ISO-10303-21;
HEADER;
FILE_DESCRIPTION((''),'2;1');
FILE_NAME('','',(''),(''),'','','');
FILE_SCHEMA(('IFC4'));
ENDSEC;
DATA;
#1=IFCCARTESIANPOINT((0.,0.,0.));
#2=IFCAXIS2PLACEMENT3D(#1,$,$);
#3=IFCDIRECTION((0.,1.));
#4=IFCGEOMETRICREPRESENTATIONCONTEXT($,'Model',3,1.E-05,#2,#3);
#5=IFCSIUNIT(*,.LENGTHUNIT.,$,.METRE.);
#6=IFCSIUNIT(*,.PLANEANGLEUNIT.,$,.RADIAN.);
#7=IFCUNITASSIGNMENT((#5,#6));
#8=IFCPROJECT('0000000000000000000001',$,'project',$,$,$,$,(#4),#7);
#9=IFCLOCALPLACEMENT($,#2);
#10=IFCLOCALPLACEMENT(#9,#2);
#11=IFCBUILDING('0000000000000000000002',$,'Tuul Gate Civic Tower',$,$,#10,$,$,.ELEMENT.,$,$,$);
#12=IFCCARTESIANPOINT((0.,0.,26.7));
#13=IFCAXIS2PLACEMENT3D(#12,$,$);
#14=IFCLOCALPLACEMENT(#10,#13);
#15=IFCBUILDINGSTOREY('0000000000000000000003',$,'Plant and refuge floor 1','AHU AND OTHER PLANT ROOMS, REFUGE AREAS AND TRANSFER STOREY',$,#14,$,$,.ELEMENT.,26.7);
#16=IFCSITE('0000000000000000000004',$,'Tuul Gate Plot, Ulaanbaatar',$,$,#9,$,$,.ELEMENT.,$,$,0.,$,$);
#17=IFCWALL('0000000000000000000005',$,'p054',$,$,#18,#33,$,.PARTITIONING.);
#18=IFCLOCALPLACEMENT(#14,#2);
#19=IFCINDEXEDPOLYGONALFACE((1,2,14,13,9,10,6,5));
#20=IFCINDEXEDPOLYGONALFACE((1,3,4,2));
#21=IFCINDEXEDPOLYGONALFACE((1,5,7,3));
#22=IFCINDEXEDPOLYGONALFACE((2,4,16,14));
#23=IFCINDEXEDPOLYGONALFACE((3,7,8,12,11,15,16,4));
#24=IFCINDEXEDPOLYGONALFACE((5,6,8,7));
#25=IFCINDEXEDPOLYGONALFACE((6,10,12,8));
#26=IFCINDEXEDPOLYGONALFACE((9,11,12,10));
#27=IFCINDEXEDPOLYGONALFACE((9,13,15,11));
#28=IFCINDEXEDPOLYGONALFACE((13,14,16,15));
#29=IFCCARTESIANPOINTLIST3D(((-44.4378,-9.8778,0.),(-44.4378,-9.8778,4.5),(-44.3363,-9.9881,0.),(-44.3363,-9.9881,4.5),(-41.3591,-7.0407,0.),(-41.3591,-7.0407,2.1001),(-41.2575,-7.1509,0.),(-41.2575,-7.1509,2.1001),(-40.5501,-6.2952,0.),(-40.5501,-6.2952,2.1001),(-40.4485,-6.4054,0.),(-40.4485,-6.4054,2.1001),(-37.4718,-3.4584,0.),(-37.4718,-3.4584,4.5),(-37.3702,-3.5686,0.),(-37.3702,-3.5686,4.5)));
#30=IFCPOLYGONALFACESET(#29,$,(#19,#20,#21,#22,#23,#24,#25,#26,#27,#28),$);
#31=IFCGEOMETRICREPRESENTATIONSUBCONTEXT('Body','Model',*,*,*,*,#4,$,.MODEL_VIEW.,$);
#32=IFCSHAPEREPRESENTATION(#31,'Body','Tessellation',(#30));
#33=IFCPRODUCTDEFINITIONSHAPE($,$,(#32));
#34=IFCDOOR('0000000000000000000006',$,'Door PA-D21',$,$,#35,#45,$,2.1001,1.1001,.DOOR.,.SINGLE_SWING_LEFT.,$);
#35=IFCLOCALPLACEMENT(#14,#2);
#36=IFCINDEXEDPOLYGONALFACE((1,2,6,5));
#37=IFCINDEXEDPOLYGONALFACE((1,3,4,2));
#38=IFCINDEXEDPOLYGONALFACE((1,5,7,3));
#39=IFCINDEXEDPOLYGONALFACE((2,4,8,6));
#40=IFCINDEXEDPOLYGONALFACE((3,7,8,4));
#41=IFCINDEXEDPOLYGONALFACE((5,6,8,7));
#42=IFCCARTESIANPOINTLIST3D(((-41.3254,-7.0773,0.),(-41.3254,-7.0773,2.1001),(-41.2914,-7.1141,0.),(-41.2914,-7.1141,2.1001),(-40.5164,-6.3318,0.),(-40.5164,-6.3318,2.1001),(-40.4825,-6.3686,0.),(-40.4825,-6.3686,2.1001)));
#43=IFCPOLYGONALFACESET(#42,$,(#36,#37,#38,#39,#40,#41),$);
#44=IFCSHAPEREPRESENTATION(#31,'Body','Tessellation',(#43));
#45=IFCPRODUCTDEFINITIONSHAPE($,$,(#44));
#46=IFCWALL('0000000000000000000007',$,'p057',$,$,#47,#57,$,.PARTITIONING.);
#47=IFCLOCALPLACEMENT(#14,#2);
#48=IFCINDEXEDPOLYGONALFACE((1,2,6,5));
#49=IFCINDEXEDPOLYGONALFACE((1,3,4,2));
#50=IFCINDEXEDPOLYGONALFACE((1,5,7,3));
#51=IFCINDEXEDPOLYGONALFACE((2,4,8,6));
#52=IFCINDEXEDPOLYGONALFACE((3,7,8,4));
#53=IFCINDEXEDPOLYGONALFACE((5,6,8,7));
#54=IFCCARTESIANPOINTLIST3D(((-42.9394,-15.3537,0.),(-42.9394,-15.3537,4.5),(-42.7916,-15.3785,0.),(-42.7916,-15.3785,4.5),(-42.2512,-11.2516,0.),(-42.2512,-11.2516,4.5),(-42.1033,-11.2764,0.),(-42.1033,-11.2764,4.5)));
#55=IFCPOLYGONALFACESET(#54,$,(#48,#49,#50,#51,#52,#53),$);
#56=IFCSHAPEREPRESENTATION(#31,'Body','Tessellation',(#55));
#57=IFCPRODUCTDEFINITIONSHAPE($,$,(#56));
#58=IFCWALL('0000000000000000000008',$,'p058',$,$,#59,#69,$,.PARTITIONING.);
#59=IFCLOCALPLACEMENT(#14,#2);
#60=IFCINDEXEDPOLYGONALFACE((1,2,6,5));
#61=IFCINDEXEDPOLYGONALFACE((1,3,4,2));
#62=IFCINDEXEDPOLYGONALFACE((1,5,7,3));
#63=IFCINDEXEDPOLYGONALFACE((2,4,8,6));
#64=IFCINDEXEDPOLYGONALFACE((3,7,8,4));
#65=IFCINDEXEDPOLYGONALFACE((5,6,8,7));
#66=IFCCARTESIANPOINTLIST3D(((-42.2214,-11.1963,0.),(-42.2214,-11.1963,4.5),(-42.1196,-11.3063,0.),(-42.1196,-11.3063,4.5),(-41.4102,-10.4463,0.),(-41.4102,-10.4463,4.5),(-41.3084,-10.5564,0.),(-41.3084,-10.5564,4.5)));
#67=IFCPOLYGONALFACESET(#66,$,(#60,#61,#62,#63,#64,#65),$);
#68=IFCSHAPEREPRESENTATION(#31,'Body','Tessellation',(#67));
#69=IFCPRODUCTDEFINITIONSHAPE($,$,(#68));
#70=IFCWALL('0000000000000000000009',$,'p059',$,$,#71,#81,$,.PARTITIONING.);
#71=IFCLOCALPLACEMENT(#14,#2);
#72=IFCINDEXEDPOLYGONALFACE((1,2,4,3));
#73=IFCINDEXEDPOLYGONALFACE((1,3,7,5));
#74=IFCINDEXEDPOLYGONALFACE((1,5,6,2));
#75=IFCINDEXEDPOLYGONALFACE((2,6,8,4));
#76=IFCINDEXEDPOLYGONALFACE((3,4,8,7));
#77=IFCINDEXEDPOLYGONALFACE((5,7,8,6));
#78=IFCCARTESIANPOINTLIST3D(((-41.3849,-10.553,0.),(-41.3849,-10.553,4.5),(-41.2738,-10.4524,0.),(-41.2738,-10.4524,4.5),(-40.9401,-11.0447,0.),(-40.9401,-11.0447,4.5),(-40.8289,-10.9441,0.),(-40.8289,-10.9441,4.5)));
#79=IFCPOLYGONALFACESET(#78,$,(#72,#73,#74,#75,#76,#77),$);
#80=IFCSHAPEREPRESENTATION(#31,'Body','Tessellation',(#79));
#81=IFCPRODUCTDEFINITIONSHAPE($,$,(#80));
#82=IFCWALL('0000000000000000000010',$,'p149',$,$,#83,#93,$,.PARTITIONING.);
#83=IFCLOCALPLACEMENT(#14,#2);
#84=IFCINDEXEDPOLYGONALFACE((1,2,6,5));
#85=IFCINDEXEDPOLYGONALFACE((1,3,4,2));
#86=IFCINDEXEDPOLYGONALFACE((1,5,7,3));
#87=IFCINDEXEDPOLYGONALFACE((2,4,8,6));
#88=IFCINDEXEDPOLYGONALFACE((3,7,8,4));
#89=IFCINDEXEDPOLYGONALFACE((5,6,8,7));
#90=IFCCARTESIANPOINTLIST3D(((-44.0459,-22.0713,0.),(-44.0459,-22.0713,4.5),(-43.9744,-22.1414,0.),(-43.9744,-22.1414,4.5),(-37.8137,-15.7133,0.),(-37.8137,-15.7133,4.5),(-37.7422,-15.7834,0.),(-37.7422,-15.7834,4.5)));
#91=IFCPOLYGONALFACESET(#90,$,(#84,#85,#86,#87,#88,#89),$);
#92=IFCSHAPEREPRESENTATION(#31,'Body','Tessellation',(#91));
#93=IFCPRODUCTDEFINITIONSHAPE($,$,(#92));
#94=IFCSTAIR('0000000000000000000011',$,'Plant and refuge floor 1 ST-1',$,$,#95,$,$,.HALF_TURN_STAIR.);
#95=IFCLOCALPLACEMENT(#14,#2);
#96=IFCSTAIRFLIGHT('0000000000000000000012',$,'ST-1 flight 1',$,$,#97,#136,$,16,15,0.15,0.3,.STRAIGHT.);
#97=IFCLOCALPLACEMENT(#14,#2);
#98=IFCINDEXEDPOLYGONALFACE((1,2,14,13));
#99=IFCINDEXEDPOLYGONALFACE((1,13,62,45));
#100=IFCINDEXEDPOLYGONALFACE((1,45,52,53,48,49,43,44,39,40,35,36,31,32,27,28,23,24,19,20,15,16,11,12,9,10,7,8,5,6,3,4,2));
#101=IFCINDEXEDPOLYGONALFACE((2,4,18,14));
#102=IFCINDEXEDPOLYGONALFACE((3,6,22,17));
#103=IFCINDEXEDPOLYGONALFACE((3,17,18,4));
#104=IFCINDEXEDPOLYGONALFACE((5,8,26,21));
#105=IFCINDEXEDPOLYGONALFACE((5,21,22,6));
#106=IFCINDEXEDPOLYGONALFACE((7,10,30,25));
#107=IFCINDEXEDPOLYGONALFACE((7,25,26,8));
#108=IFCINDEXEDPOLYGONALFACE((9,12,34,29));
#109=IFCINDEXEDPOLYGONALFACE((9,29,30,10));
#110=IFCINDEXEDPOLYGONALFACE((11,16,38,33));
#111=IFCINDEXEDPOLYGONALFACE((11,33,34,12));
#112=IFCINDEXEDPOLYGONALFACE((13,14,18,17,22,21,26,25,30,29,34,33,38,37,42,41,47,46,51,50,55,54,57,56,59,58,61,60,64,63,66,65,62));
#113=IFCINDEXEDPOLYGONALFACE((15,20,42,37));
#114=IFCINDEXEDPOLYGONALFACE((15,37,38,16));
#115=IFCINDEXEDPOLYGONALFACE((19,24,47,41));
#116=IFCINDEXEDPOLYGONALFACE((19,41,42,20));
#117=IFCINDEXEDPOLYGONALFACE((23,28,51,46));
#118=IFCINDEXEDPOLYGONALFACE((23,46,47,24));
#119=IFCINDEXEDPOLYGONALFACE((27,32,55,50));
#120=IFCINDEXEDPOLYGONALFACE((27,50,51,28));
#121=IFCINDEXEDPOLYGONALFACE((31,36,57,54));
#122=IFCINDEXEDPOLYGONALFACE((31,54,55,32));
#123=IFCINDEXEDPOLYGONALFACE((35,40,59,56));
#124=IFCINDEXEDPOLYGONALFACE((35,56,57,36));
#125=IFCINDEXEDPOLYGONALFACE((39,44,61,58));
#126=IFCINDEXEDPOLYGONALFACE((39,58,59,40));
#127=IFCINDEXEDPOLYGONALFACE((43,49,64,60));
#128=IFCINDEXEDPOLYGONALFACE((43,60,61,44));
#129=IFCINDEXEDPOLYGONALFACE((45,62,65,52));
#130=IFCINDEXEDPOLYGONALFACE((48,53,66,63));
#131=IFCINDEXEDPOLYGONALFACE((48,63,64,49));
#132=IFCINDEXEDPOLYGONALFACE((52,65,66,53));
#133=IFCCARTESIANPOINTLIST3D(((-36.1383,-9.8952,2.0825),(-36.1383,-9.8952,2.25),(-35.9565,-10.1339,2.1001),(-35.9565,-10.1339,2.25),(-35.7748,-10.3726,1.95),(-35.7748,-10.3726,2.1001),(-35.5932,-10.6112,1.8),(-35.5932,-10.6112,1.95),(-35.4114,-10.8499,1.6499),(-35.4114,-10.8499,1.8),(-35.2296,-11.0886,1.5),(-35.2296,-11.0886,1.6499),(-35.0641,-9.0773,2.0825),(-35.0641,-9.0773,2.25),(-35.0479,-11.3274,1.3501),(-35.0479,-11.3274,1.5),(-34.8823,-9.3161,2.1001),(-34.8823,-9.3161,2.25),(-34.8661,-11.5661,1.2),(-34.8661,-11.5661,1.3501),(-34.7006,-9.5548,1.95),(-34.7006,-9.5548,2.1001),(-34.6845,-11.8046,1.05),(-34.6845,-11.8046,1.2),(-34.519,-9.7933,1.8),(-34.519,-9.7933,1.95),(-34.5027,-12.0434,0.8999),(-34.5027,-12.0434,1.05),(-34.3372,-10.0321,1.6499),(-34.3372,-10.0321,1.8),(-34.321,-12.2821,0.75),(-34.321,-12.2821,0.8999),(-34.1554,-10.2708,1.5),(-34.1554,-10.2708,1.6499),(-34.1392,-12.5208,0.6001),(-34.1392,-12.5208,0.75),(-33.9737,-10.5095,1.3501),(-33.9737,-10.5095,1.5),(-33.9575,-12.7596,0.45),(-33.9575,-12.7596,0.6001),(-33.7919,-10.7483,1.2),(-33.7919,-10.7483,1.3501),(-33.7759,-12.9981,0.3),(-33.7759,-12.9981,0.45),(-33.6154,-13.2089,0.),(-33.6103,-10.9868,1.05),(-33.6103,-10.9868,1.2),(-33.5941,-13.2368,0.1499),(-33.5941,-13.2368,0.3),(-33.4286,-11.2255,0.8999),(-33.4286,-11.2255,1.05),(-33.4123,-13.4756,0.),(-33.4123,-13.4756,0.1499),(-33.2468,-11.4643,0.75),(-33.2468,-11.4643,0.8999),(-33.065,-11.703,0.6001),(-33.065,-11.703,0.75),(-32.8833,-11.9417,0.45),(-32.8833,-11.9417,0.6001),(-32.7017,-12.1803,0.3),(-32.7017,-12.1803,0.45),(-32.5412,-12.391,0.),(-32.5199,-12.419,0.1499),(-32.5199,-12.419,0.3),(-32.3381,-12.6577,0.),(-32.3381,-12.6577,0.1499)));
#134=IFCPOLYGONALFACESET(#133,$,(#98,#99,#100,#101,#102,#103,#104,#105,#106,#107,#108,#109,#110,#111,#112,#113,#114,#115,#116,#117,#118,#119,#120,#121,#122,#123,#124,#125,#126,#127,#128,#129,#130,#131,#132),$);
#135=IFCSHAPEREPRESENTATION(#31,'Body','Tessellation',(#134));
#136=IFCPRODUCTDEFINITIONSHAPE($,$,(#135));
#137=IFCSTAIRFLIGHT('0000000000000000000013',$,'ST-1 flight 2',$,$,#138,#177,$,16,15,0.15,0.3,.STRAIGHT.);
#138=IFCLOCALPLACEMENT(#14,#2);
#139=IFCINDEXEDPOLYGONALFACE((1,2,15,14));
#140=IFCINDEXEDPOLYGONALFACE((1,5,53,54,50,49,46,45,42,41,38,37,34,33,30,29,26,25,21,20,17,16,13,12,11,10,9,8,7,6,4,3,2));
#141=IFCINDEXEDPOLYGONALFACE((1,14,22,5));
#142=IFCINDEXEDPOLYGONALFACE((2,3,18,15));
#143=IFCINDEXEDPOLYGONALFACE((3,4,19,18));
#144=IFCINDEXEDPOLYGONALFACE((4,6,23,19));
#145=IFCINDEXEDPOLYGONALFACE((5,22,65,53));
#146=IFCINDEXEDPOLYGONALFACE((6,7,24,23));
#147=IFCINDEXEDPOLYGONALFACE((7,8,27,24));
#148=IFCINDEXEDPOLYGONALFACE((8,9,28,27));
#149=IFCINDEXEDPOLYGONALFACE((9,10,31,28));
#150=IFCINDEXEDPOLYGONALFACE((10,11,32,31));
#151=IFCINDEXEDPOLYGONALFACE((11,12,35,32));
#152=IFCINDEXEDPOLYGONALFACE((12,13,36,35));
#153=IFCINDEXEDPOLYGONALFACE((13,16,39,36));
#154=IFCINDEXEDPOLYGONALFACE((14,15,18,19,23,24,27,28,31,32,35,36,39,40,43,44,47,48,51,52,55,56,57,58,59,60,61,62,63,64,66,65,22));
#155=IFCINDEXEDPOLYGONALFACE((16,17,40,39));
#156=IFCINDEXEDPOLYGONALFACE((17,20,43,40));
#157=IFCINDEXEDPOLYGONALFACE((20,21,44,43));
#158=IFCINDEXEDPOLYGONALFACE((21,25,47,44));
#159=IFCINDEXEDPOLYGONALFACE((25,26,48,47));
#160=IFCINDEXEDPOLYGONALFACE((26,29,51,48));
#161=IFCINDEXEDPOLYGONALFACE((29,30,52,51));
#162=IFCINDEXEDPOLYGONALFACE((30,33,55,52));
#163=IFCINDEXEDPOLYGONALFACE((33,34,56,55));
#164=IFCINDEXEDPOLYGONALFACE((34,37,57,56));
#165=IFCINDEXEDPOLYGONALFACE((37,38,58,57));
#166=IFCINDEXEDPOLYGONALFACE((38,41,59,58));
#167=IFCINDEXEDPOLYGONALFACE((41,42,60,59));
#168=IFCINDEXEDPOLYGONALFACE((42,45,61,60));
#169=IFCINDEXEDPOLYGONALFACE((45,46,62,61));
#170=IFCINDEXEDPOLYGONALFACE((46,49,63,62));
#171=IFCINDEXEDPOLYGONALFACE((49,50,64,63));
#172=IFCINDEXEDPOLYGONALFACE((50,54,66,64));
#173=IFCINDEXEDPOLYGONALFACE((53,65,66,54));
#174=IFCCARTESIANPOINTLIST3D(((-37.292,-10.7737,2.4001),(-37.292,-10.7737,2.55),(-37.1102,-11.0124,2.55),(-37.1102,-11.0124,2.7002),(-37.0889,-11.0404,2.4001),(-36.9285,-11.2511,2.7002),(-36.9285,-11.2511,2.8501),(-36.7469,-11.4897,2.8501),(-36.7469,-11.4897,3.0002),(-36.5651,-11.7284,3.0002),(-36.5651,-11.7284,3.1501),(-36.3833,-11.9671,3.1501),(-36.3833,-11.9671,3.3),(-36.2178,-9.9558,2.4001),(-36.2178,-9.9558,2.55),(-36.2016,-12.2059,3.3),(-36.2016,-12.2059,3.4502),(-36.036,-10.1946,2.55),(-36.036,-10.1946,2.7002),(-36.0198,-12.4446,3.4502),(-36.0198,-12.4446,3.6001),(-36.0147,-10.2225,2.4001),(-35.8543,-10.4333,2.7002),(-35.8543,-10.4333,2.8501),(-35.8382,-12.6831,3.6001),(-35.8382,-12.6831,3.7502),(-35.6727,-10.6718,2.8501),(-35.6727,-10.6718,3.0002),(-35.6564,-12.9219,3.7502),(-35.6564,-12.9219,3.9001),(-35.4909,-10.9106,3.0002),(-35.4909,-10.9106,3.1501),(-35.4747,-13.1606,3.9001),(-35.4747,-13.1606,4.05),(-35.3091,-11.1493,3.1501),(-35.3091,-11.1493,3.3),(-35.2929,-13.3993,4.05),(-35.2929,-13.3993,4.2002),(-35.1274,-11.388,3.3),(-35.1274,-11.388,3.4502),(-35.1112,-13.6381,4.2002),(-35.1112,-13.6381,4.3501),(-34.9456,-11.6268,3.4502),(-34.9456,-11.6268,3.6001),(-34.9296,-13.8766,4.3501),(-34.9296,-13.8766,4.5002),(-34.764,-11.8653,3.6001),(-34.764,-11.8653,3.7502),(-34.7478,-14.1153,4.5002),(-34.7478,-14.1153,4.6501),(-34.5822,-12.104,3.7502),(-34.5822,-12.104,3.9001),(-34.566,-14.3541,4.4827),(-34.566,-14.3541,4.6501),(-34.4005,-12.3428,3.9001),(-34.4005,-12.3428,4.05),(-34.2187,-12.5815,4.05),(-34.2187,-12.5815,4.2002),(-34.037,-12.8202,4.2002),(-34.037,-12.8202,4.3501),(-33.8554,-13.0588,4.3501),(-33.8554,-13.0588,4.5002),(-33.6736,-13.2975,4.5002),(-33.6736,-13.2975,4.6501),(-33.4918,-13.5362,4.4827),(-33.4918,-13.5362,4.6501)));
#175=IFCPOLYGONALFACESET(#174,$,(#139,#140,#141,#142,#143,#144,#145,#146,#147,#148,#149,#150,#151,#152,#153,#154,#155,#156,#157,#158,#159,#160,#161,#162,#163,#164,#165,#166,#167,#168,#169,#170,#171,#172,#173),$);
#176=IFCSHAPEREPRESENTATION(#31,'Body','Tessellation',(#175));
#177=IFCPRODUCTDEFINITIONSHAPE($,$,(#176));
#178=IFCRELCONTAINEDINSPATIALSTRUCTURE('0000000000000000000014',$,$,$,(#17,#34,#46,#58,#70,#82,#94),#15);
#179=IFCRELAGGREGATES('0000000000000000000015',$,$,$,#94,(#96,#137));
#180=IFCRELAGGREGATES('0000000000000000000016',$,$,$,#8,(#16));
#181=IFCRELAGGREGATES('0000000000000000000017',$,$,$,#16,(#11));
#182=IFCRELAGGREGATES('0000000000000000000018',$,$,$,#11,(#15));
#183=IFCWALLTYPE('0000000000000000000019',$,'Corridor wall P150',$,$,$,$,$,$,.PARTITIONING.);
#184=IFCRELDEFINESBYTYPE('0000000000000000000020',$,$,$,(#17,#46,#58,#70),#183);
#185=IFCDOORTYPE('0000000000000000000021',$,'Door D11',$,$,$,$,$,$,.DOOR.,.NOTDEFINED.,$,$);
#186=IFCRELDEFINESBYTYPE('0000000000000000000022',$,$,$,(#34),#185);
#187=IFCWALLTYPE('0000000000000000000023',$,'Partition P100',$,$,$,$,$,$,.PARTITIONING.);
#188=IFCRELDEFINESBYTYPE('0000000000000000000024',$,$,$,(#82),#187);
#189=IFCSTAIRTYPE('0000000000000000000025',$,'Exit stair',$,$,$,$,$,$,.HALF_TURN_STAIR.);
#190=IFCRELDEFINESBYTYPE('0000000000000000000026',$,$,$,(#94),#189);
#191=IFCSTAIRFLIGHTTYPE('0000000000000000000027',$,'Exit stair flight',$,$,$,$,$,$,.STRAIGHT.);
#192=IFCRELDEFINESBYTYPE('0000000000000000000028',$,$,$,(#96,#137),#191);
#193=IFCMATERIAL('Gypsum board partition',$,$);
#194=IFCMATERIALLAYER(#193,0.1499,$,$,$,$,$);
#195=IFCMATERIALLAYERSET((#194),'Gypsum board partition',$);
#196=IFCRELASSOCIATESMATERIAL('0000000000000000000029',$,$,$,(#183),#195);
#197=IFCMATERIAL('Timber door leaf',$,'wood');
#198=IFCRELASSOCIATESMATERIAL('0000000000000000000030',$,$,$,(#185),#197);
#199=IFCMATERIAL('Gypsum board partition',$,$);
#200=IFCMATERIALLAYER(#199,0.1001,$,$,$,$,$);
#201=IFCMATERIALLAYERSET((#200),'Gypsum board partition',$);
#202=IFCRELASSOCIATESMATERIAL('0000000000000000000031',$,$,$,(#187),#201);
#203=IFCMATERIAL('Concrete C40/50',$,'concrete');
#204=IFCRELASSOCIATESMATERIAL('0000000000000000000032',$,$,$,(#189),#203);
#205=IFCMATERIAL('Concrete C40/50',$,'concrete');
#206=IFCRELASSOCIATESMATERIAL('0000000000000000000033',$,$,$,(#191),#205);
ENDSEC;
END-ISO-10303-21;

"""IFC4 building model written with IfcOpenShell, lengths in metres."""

from ifc_helpers import new_model, si_unit, direction, frame, frame_2d, origin, place, context, subcontext, project, spatial, polyline, rectangle, outline, extrude, material, layer, layer_set, type_object, element, fill, aggregate, save


model = new_model("IFC4")

# Units and contexts
model_context = context("Model", 3, precision=1e-05, world=origin(), true_north=direction((0.0, 1.0)))
body_context = subcontext(model_context, "Body", "Model", "MODEL_VIEW")
ifc_project = project(units=[si_unit("LENGTHUNIT", "METRE"), si_unit("PLANEANGLEUNIT", "RADIAN")], contexts=[model_context])

# Site, building, storey
site_placement = place(None, origin())
site = spatial("IfcSite", under=ifc_project, at=site_placement, Name="Tuul Gate Plot, Ulaanbaatar", CompositionType="ELEMENT", RefElevation=0.0)
building_placement = place(site_placement, origin())
building = spatial("IfcBuilding", under=site, at=building_placement, Name="Tuul Gate Civic Tower", CompositionType="ELEMENT")
storey_placement = place(building_placement, frame((0.0, 0.0, 26.7)))
storey = spatial("IfcBuildingStorey", under=building, at=storey_placement, Name="Plant and refuge floor 1", Description="AHU AND OTHER PLANT ROOMS, REFUGE AREAS AND TRANSFER STOREY", CompositionType="ELEMENT", Elevation=26.7)

# Wall, opening, door
ifc_material_1 = material(Name="Gypsum board partition")
ifc_layer_1 = layer(ifc_material_1, 0.1499)
ifc_layer_set_1 = layer_set([ifc_layer_1], Name="Gypsum board partition")
wall_type_1 = type_object("IfcWallType", Name="Corridor wall P150", PredefinedType="PARTITIONING", material=ifc_layer_set_1)
wall_1_placement = place(storey_placement, frame((-44.387, -9.9329, 0.0), z_axis=(0.0, 0.0, 1.0), x_axis=(0.73537, 0.677665, 0.0)))
wall_1 = element("IfcWall", 1, at=wall_1_placement, inside=storey, type_object=wall_type_1, Name="p054", PredefinedType="PARTITIONING", context=body_context, shape_type="SweptSolid", body=[
    extrude(rectangle(XDim=9.4729, YDim=0.1499, at=frame_2d((4.7363, 0.0))), origin(), (0.0, 0.0, 1.0), 4.5),
])
opening_1_placement = place(wall_1_placement, frame((4.1865, 0.0, 0.0)))
opening_1 = element("IfcOpeningElement", 2, at=opening_1_placement, cuts=wall_1, PredefinedType="OPENING", context=body_context, shape_type="SweptSolid", body=[
    extrude(rectangle(XDim=1.1001, YDim=2.1001, at=frame_2d((0.55, 1.05))), frame((0.0, 0.085, 0.0), z_axis=(0.0, -1.0, 0.0), x_axis=(1.0, 0.0, 0.0)), (0.0, 0.0, 1.0), 0.1699),
])
ifc_material_2 = material(Name="Timber door leaf", Category="wood")
door_type_1 = type_object("IfcDoorType", Name="Door D11", OperationType="NOTDEFINED", PredefinedType="DOOR", material=ifc_material_2)
door_1_placement = place(opening_1_placement, frame((1.1001, 0.0, 0.0), z_axis=(0.0, 0.0, 1.0), x_axis=(-1.0, 0.0, 0.0)))
door_1 = element("IfcDoor", 3, at=door_1_placement, inside=storey, type_object=door_type_1, Name="Door PA-D21", OperationType="SINGLE_SWING_LEFT", OverallHeight=2.1001, OverallWidth=1.1001, PredefinedType="DOOR", context=body_context, shape_type="SweptSolid", body=[
    extrude(rectangle(XDim=1.1001, YDim=2.1001, at=frame_2d((0.55, 1.05))), frame((0.0, 0.0249, 0.0), z_axis=(0.0, -1.0, 0.0), x_axis=(1.0, 0.0, 0.0)), (0.0, 0.0, 1.0), 0.05),
])
fill(opening_1, door_1)

# Walls
wall_2_placement = place(storey_placement, frame((-42.8655, -15.366, 0.0), z_axis=(0.0, 0.0, 1.0), x_axis=(0.165465, 0.986216, 0.0)))
element("IfcWall", 4, at=wall_2_placement, inside=storey, type_object=wall_type_1, Name="p057", PredefinedType="PARTITIONING", context=body_context, shape_type="SweptSolid", body=[
    extrude(rectangle(XDim=4.1594, YDim=0.1499, at=frame_2d((2.0796, 0.0))), origin(), (0.0, 0.0, 1.0), 4.5),
])
wall_3_placement = place(storey_placement, frame((-42.1704, -11.2512, 0.0), z_axis=(0.0, 0.0, 1.0), x_axis=(0.734295, 0.678831, 0.0)))
element("IfcWall", 5, at=wall_3_placement, inside=storey, type_object=wall_type_1, Name="p058", PredefinedType="PARTITIONING", context=body_context, shape_type="SweptSolid", body=[
    extrude(rectangle(XDim=1.1047, YDim=0.1499, at=frame_2d((0.5522, 0.0))), origin(), (0.0, 0.0, 1.0), 4.5),
])
wall_4_placement = place(storey_placement, frame((-41.3293, -10.5027, 0.0), z_axis=(0.0, 0.0, 1.0), x_axis=(0.670875, -0.741571, 0.0)))
element("IfcWall", 6, at=wall_4_placement, inside=storey, type_object=wall_type_1, Name="p059", PredefinedType="PARTITIONING", context=body_context, shape_type="SweptSolid", body=[
    extrude(rectangle(XDim=0.6631, YDim=0.1499, at=frame_2d((0.3315, 0.0))), origin(), (0.0, 0.0, 1.0), 4.5),
])
ifc_material_3 = material(Name="Gypsum board partition")
ifc_layer_2 = layer(ifc_material_3, 0.1001)
ifc_layer_set_2 = layer_set([ifc_layer_2], Name="Gypsum board partition")
wall_type_2 = type_object("IfcWallType", Name="Partition P100", PredefinedType="PARTITIONING", material=ifc_layer_set_2)
wall_5_placement = place(storey_placement, frame((-37.7778, -15.7483, 0.0), z_axis=(0.0, 0.0, 1.0), x_axis=(-0.70001, -0.714133, 0.0)))
element("IfcWall", 7, at=wall_5_placement, inside=storey, type_object=wall_type_2, Name="p149", PredefinedType="PARTITIONING", context=body_context, shape_type="SweptSolid", body=[
    extrude(rectangle(XDim=8.9031, YDim=0.1001, at=frame_2d((4.4517, 0.0))), origin(), (0.0, 0.0, 1.0), 4.5),
])

# Stair, stair flights
ifc_material_4 = material(Name="Concrete C40/50", Category="concrete")
stair_type = type_object("IfcStairType", Name="Exit stair", PredefinedType="HALF_TURN_STAIR", material=ifc_material_4)
stair_placement = place(storey_placement, origin())
stair = element("IfcStair", 8, at=stair_placement, inside=storey, type_object=stair_type, Name="Plant and refuge floor 1 ST-1", PredefinedType="HALF_TURN_STAIR")
ifc_material_5 = material(Name="Concrete C40/50", Category="concrete")
stair_flight_type = type_object("IfcStairFlightType", Name="Exit stair flight", PredefinedType="STRAIGHT", material=ifc_material_5)
stair_flight_1_placement = place(storey_placement, frame((-32.8752, -13.0667, 0.0), z_axis=(0.0, 0.0, 1.0), x_axis=(-0.605764, 0.795644, 0.0)))
stair_flight_1 = element("IfcStairFlight", 9, at=stair_flight_1_placement, type_object=stair_flight_type, Name="ST-1 flight 1", NumberOfRisers=16, NumberOfTreads=15, PredefinedType="STRAIGHT", RiserHeight=0.15, TreadLength=0.3, context=body_context, shape_type="SweptSolid", body=[
    extrude(outline(polyline([(0.0, 0.0), (0.0, 0.1499), (0.3, 0.1499), (0.3, 0.3), (0.6001, 0.3), (0.6001, 0.45), (0.8999, 0.45), (0.8999, 0.6001), (1.2, 0.6001), (1.2, 0.75), (1.5, 0.75), (1.5, 0.8999), (1.8, 0.8999), (1.8, 1.05), (2.1001, 1.05), (2.1001, 1.2), (2.3999, 1.2), (2.3999, 1.3501), (2.7, 1.3501), (2.7, 1.5), (3.0, 1.5), (3.0, 1.6499), (3.3, 1.6499), (3.3, 1.8), (3.6001, 1.8), (3.6001, 1.95), (3.8999, 1.95), (3.8999, 2.1001), (4.2, 2.1001), (4.2, 2.25), (4.5, 2.25), (4.5, 2.3999), (4.5, 2.0825), (0.3352, 0.0), (0.0, 0.0)])), frame((0.0, 0.675, 0.0), z_axis=(0.0, -1.0, 0.0), x_axis=(1.0, 0.0, 0.0)), (0.0, 0.0, 1.0), 1.3501),
])
stair_flight_2_placement = place(storey_placement, frame((-36.7549, -10.3647, 2.4001), z_axis=(0.0, 0.0, 1.0), x_axis=(0.605764, -0.795644, 0.0)))
stair_flight_2 = element("IfcStairFlight", 10, at=stair_flight_2_placement, type_object=stair_flight_type, Name="ST-1 flight 2", NumberOfRisers=16, NumberOfTreads=15, PredefinedType="STRAIGHT", RiserHeight=0.15, TreadLength=0.3, context=body_context, shape_type="SweptSolid", body=[
    extrude(outline(polyline([(0.0, 0.0), (0.0, 0.1499), (0.3, 0.1499), (0.3, 0.3), (0.6001, 0.3), (0.6001, 0.45), (0.8999, 0.45), (0.8999, 0.6001), (1.2, 0.6001), (1.2, 0.75), (1.5, 0.75), (1.5, 0.8999), (1.8, 0.8999), (1.8, 1.05), (2.1001, 1.05), (2.1001, 1.2), (2.3999, 1.2), (2.3999, 1.3501), (2.7, 1.3501), (2.7, 1.5), (3.0, 1.5), (3.0, 1.6499), (3.3, 1.6499), (3.3, 1.8), (3.6001, 1.8), (3.6001, 1.95), (3.8999, 1.95), (3.8999, 2.1001), (4.2, 2.1001), (4.2, 2.25), (4.5, 2.25), (4.5, 2.3999), (4.5, 2.0825), (0.3352, 0.0), (0.0, 0.0)])), frame((0.0, 0.675, 0.0), z_axis=(0.0, -1.0, 0.0), x_axis=(1.0, 0.0, 0.0)), (0.0, 0.0, 1.0), 1.3501),
])
aggregate(stair, [stair_flight_1, stair_flight_2])

save(model, "model.ifc")
